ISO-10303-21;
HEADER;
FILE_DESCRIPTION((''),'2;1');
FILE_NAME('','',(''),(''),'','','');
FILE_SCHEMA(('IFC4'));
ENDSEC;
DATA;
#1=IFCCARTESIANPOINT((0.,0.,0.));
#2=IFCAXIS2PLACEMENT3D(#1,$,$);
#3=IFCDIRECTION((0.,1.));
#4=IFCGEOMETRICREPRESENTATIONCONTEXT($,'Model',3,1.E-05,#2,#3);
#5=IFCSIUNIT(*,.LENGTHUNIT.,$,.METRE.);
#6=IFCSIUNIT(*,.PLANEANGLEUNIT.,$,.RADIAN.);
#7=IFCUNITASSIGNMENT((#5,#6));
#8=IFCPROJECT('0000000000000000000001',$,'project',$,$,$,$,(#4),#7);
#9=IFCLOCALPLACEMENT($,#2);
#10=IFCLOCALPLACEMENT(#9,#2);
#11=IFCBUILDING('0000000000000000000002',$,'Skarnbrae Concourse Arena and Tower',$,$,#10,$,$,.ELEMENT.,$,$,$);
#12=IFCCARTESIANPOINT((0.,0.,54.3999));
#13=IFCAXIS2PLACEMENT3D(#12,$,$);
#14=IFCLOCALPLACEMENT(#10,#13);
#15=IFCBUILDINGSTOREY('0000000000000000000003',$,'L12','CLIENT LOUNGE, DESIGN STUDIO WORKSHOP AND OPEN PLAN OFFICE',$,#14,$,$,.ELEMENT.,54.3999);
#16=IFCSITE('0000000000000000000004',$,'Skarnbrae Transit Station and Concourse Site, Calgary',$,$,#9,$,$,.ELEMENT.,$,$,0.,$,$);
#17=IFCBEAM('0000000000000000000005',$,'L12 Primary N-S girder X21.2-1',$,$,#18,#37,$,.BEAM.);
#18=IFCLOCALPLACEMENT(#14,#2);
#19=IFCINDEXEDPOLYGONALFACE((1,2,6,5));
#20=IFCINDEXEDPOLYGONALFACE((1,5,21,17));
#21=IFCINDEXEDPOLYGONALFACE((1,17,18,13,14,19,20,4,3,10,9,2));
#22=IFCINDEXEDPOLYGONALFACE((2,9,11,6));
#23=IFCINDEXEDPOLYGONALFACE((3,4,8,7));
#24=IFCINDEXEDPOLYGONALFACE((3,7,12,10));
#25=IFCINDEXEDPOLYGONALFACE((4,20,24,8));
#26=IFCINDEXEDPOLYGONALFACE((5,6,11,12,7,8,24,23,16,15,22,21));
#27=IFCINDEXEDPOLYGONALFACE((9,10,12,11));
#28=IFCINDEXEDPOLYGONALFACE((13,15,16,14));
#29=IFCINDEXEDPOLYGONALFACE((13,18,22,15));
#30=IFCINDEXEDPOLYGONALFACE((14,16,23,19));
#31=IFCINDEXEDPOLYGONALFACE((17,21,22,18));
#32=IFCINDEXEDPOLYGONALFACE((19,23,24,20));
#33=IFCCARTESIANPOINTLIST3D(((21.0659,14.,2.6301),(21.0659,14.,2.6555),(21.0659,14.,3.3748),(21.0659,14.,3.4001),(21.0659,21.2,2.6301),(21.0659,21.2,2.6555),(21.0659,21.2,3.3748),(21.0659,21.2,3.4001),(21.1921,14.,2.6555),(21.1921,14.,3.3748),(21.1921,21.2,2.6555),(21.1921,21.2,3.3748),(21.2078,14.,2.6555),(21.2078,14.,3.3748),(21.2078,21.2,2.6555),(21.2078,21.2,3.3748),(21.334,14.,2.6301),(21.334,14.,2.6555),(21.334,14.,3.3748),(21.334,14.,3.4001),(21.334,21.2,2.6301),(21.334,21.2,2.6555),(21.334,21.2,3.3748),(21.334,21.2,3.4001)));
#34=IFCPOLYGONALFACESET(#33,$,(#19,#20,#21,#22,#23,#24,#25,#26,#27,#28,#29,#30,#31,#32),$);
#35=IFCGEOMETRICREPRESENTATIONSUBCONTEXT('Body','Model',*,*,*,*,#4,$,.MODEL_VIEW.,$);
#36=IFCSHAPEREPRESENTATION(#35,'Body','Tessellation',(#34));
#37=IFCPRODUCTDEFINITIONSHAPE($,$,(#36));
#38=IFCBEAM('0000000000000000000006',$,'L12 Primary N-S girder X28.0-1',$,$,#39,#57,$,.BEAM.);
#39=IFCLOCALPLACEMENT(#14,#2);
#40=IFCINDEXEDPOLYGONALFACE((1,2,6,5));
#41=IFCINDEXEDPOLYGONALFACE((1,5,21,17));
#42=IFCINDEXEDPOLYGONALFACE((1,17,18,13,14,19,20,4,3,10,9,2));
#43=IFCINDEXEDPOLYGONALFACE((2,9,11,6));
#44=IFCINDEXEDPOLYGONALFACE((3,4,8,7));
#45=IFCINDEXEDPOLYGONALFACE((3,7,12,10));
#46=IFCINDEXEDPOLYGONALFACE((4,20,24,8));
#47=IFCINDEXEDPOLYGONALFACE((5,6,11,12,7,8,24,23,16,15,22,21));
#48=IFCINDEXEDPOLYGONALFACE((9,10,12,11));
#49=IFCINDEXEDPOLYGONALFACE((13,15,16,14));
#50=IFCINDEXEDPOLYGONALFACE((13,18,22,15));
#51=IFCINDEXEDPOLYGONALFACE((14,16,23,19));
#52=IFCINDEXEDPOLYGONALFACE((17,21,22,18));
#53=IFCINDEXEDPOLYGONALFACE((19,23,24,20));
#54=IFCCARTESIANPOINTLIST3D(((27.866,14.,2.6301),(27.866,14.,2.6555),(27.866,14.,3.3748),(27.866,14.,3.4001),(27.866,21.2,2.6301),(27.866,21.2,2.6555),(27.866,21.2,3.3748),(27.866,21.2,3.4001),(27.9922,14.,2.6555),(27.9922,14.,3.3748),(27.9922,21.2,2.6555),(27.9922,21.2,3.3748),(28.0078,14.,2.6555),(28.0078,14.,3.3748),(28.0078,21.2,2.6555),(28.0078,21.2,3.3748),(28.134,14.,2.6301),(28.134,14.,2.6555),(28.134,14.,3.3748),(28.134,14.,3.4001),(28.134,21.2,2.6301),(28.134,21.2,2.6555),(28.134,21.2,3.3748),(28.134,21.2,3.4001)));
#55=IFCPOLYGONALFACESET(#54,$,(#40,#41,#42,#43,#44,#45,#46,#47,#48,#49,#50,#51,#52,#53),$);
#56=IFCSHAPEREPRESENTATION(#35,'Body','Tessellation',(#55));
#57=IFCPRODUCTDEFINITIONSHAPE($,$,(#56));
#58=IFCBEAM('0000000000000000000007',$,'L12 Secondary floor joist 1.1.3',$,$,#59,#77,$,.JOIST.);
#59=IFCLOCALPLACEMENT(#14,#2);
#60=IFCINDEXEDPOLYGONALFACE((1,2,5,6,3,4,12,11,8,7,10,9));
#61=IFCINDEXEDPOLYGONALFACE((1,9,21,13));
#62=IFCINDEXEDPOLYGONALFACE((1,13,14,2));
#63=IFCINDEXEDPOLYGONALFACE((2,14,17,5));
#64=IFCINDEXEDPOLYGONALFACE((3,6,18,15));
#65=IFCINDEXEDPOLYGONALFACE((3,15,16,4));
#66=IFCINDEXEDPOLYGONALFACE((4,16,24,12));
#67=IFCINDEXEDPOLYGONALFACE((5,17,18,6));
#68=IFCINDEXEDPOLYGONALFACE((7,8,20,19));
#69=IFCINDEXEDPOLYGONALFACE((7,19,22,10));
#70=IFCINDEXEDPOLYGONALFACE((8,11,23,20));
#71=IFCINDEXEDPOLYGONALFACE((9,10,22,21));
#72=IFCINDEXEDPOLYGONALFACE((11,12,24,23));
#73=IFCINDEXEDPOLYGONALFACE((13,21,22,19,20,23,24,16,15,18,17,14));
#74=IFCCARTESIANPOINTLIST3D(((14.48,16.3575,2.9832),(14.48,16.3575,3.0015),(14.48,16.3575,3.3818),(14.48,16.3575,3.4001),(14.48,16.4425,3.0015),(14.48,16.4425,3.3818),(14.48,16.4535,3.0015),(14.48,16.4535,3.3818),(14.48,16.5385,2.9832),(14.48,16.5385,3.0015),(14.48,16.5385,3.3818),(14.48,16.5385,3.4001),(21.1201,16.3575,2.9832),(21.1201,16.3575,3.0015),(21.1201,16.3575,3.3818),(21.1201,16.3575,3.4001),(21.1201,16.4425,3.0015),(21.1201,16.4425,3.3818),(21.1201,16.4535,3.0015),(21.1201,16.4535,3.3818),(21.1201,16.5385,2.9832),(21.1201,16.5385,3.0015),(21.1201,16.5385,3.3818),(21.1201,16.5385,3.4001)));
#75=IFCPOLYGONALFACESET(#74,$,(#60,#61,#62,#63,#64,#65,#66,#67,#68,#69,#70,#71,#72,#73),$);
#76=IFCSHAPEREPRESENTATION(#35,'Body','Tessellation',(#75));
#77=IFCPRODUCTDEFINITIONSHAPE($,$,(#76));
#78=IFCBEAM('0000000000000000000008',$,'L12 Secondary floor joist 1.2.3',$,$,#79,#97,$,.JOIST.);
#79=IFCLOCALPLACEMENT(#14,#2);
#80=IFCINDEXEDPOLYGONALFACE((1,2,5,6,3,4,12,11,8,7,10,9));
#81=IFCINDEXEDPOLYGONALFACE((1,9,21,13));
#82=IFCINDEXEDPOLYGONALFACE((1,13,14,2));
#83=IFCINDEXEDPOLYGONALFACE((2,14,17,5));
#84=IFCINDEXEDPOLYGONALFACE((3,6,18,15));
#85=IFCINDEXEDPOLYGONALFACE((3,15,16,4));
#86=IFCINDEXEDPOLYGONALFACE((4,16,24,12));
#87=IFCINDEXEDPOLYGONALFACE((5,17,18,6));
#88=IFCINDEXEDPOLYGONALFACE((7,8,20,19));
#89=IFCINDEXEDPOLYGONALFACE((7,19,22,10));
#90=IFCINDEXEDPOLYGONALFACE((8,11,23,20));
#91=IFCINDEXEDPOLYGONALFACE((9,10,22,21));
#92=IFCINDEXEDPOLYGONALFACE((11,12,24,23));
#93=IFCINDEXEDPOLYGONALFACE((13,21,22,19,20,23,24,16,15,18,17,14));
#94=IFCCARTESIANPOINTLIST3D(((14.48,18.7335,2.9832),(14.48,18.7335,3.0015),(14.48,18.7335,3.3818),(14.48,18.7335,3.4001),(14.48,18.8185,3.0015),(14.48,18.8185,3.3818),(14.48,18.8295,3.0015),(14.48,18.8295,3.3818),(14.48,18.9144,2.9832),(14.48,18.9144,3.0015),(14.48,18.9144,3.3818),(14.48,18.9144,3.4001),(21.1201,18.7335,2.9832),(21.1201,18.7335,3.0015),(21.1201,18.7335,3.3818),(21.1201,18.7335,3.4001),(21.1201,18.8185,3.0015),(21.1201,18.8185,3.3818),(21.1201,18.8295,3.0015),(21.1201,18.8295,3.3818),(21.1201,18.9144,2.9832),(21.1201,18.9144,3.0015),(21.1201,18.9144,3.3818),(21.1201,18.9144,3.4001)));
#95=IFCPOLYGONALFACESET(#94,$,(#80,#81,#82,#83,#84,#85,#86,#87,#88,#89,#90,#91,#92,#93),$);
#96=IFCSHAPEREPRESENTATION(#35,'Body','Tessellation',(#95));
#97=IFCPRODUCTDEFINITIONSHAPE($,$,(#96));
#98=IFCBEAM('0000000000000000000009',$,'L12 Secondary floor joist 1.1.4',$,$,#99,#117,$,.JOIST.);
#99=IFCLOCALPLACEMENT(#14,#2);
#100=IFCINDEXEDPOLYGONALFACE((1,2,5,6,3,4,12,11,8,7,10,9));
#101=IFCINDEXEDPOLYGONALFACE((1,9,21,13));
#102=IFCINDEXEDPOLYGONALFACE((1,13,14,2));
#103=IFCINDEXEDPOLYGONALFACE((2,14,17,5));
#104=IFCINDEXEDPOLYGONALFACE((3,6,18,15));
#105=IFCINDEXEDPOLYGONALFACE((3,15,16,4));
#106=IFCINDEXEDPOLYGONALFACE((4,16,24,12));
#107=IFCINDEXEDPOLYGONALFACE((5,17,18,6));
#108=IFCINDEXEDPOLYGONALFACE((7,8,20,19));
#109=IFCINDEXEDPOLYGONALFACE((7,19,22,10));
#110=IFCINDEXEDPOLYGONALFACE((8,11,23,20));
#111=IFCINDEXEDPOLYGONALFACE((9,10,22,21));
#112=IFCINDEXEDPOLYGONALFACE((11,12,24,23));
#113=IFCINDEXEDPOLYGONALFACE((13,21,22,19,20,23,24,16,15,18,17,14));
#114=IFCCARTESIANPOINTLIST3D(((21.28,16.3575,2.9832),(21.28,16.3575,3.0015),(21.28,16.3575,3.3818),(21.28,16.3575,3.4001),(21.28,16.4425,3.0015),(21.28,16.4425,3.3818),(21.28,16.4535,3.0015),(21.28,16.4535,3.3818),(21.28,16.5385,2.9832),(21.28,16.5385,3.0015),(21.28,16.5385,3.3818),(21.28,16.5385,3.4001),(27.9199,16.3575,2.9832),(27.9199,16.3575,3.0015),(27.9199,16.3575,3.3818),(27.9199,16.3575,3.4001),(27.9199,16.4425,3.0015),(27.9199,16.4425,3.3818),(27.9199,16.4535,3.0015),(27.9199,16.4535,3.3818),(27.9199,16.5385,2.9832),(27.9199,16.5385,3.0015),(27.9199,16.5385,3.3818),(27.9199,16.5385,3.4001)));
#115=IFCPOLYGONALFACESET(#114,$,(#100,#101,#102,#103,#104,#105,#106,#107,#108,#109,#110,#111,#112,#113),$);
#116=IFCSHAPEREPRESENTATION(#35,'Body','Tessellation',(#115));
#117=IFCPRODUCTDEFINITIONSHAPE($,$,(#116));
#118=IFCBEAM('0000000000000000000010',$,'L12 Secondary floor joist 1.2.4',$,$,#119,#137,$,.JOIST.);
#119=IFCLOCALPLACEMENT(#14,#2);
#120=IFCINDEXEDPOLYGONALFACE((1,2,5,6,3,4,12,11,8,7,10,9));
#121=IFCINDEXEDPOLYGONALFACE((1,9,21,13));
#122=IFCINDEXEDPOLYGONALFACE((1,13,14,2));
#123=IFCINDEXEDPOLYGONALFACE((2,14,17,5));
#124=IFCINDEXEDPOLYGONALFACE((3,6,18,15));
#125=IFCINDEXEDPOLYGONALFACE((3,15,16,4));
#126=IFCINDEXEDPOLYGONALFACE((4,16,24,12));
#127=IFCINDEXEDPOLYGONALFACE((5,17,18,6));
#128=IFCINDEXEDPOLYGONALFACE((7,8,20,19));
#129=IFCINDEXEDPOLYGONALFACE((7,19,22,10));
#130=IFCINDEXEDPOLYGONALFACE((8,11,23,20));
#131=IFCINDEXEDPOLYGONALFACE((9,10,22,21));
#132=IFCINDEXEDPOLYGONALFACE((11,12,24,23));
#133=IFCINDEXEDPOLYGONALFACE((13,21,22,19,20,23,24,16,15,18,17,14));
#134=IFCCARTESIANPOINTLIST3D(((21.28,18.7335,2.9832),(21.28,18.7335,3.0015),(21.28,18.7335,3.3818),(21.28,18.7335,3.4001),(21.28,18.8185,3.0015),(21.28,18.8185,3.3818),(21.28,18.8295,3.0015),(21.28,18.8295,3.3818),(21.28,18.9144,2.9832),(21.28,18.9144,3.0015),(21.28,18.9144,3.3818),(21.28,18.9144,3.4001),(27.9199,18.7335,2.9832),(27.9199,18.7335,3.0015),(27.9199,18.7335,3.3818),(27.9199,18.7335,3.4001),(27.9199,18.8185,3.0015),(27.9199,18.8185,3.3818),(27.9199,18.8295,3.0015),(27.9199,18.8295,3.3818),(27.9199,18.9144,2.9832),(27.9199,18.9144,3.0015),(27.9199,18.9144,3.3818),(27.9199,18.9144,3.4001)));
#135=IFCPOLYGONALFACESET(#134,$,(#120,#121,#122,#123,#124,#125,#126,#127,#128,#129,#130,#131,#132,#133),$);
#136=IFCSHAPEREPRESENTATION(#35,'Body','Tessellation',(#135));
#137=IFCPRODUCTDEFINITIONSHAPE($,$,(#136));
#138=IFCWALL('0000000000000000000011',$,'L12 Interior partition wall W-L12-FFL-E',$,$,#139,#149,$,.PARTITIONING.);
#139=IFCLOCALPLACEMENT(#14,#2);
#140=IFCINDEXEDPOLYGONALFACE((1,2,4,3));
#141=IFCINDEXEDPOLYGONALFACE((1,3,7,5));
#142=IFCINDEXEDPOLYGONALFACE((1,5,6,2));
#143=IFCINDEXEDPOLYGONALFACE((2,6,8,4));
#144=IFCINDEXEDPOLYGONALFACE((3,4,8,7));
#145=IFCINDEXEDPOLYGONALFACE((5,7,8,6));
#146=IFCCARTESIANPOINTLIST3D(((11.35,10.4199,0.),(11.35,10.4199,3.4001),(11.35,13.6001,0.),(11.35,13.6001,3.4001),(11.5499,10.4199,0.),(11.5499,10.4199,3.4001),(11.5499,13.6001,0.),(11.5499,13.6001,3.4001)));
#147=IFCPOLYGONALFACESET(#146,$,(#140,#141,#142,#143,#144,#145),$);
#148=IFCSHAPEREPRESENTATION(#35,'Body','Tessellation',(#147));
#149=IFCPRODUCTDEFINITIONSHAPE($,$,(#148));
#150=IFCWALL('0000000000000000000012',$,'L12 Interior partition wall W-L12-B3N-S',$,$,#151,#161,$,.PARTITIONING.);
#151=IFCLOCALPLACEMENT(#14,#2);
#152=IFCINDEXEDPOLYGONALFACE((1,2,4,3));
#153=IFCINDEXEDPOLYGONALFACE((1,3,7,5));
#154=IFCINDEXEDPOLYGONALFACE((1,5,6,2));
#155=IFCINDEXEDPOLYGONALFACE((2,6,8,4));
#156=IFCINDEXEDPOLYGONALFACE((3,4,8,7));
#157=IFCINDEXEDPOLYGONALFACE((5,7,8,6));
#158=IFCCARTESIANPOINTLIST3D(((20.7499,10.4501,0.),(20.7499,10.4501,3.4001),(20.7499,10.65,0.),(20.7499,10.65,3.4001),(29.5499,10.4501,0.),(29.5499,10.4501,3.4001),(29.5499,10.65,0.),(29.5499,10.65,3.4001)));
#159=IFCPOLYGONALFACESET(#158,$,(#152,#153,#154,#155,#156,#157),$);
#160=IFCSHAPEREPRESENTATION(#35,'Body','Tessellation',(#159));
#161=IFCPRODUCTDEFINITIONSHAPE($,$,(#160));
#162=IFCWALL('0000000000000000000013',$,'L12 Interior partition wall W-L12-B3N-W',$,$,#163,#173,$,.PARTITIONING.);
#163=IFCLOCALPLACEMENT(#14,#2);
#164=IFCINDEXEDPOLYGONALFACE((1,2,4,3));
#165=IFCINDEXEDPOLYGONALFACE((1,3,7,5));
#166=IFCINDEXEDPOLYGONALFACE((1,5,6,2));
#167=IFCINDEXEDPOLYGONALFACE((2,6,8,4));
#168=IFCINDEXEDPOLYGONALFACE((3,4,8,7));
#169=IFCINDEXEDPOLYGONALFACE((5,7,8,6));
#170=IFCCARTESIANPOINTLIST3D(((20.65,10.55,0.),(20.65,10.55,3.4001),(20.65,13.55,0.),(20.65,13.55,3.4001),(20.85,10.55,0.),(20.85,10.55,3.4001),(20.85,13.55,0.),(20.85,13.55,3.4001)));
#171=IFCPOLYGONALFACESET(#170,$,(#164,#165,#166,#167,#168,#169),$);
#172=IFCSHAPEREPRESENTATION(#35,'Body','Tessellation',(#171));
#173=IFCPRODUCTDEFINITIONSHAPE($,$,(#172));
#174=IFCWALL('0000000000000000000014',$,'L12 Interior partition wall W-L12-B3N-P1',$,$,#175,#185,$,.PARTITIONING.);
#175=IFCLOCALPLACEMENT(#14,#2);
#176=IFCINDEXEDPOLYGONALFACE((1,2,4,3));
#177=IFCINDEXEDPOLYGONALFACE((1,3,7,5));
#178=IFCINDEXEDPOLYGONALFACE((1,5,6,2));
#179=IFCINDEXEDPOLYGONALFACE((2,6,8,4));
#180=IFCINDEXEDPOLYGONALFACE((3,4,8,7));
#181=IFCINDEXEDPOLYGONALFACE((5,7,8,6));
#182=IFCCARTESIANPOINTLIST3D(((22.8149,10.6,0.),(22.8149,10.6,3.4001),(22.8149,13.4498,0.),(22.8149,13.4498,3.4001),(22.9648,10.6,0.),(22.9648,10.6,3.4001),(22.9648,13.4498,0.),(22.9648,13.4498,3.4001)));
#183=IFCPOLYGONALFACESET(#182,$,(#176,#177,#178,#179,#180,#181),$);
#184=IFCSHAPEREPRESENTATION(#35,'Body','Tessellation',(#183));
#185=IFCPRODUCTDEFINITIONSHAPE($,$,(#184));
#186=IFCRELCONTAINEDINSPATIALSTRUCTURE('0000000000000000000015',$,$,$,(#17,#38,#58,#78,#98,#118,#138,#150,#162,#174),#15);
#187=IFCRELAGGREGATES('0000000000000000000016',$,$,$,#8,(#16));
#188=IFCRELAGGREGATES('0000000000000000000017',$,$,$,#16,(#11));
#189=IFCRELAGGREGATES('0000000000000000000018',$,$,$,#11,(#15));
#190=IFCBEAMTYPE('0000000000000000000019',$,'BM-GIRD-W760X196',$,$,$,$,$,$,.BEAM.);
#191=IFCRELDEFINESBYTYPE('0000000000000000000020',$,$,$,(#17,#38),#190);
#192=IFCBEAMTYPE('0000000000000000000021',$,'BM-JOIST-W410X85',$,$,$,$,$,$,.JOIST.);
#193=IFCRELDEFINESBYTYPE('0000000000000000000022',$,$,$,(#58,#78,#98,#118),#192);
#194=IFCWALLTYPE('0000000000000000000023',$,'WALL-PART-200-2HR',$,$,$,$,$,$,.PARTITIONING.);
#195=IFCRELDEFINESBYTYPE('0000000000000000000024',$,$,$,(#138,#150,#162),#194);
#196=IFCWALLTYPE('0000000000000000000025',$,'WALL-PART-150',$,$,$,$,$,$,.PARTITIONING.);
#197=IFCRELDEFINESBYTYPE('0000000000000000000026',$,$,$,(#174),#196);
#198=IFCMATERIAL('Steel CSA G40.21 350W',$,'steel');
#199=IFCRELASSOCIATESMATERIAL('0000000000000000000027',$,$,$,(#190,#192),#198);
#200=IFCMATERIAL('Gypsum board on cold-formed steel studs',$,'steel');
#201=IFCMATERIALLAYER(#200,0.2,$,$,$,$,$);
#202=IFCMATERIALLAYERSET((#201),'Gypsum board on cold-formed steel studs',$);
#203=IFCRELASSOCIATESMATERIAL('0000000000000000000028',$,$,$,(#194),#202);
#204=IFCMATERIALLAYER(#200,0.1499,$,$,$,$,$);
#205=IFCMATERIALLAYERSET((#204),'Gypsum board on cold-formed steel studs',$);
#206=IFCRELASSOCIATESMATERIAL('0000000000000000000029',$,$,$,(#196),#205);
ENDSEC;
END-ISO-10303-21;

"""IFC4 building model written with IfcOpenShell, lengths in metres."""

from ifc_helpers import new_model, si_unit, direction, frame, frame_2d, origin, origin_2d, place, context, subcontext, project, spatial, rectangle, i_section, extrude, source, transform, mapped, material, layer, layer_set, material_profile, profile_set, type_object, element, save


model = new_model("IFC4")

# Units and contexts
model_context = context("Model", 3, precision=1e-05, world=origin(), true_north=direction((0.0, 1.0)))
body_context = subcontext(model_context, "Body", "Model", "MODEL_VIEW")
ifc_project = project(units=[si_unit("LENGTHUNIT", "METRE"), si_unit("PLANEANGLEUNIT", "RADIAN")], contexts=[model_context])

# Site, building, storey
site_placement = place(None, origin())
site = spatial("IfcSite", under=ifc_project, at=site_placement, Name="Skarnbrae Transit Station and Concourse Site, Calgary", CompositionType="ELEMENT", RefElevation=0.0)
building_placement = place(site_placement, origin())
building = spatial("IfcBuilding", under=site, at=building_placement, Name="Skarnbrae Concourse Arena and Tower", CompositionType="ELEMENT")
storey_placement = place(building_placement, frame((0.0, 0.0, 54.3999)))
storey = spatial("IfcBuildingStorey", under=building, at=storey_placement, Name="L12", Description="CLIENT LOUNGE, DESIGN STUDIO WORKSHOP AND OPEN PLAN OFFICE", CompositionType="ELEMENT", Elevation=54.3999)

# Shared definitions
ifc_material_1 = material(Name="Steel CSA G40.21 350W", Category="steel")

# Beams
ifc_material_profile_1 = material_profile(ifc_material_1, i_section(OverallWidth=0.2681, OverallDepth=0.77, WebThickness=0.0156, FlangeThickness=0.0254, at=origin_2d()), Name="W760X196")
ifc_profile_set_1 = profile_set([ifc_material_profile_1], Name="Steel CSA G40.21 350W")
beam_type_1 = type_object("IfcBeamType", Name="BM-GIRD-W760X196", PredefinedType="BEAM", material=ifc_profile_set_1)
shared_shape_1 = source(origin(), body_context, "Body", "SweptSolid", [
    extrude(i_section(OverallWidth=0.2681, OverallDepth=0.77, WebThickness=0.0156, FlangeThickness=0.0254, at=origin_2d()), origin(), (0.0, 0.0, 1.0), 7.2),
])
for number, where, z_axis, x_axis, name in (
    (1, (21.2, 14.0, 3.0151), (0.0, 1.0, 0.0), (-1.0, 0.0, 0.0), "L12 Primary N-S girder X21.2-1"),
    (2, (28.0, 14.0, 3.0151), (0.0, 1.0, 0.0), (-1.0, 0.0, 0.0), "L12 Primary N-S girder X28.0-1"),
):
    element("IfcBeam", number, at=place(storey_placement, frame(where, z_axis=z_axis, x_axis=x_axis)), inside=storey, type_object=beam_type_1, Name=name, PredefinedType="BEAM", context=body_context, shape_type="MappedRepresentation", body=[
        mapped(shared_shape_1, transform((0.0, 0.0, 0.0))),
    ])
ifc_material_profile_2 = material_profile(ifc_material_1, i_section(OverallWidth=0.1809, OverallDepth=0.417, WebThickness=0.011, FlangeThickness=0.0183, at=origin_2d()), Name="W410X85")
ifc_profile_set_2 = profile_set([ifc_material_profile_2], Name="Steel CSA G40.21 350W")
beam_type_2 = type_object("IfcBeamType", Name="BM-JOIST-W410X85", PredefinedType="JOIST", material=ifc_profile_set_2)
shared_shape_2 = source(origin(), body_context, "Body", "SweptSolid", [
    extrude(i_section(OverallWidth=0.1809, OverallDepth=0.417, WebThickness=0.011, FlangeThickness=0.0183, at=origin_2d()), origin(), (0.0, 0.0, 1.0), 6.6401),
])
for number, where, z_axis, x_axis, name in (
    (3, (14.48, 16.448, 3.1917), (1.0, 0.0, 0.0), (0.0, 1.0, 0.0), "L12 Secondary floor joist 1.1.3"),
    (4, (14.48, 18.824, 3.1917), (1.0, 0.0, 0.0), (0.0, 1.0, 0.0), "L12 Secondary floor joist 1.2.3"),
):
    element("IfcBeam", number, at=place(storey_placement, frame(where, z_axis=z_axis, x_axis=x_axis)), inside=storey, type_object=beam_type_2, Name=name, PredefinedType="JOIST", context=body_context, shape_type="MappedRepresentation", body=[
        mapped(shared_shape_2, transform((0.0, 0.0, 0.0))),
    ])
shared_shape_3 = source(origin(), body_context, "Body", "SweptSolid", [
    extrude(i_section(OverallWidth=0.1809, OverallDepth=0.417, WebThickness=0.011, FlangeThickness=0.0183, at=origin_2d()), origin(), (0.0, 0.0, 1.0), 6.6399),
])
for number, where, z_axis, x_axis, name in (
    (5, (21.28, 16.448, 3.1917), (1.0, 0.0, 0.0), (0.0, 1.0, 0.0), "L12 Secondary floor joist 1.1.4"),
    (6, (21.28, 18.824, 3.1917), (1.0, 0.0, 0.0), (0.0, 1.0, 0.0), "L12 Secondary floor joist 1.2.4"),
):
    element("IfcBeam", number, at=place(storey_placement, frame(where, z_axis=z_axis, x_axis=x_axis)), inside=storey, type_object=beam_type_2, Name=name, PredefinedType="JOIST", context=body_context, shape_type="MappedRepresentation", body=[
        mapped(shared_shape_3, transform((0.0, 0.0, 0.0))),
    ])

# Wall
ifc_material_2 = material(Name="Gypsum board on cold-formed steel studs", Category="steel")
ifc_layer_1 = layer(ifc_material_2, 0.2)
ifc_layer_set_1 = layer_set([ifc_layer_1], Name="Gypsum board on cold-formed steel studs")
wall_type_1 = type_object("IfcWallType", Name="WALL-PART-200-2HR", PredefinedType="PARTITIONING", material=ifc_layer_set_1)
shared_shape_4 = source(origin(), body_context, "Body", "SweptSolid", [
    extrude(rectangle(XDim=3.1802, YDim=0.2, at=frame_2d((1.5901, 0.0))), origin(), (0.0, 0.0, 1.0), 3.4001),
])
wall_1_placement = place(storey_placement, frame((11.45, 10.4199, 0.0), z_axis=(0.0, 0.0, 1.0), x_axis=(0.0, 1.0, 0.0)))
element("IfcWall", 7, at=wall_1_placement, inside=storey, type_object=wall_type_1, Name="L12 Interior partition wall W-L12-FFL-E", PredefinedType="PARTITIONING", context=body_context, shape_type="MappedRepresentation", body=[
    mapped(shared_shape_4, transform((0.0, 0.0, 0.0))),
])

# Walls
shared_shape_5 = source(origin(), body_context, "Body", "SweptSolid", [
    extrude(rectangle(XDim=8.8, YDim=0.2, at=frame_2d((4.3999, 0.0))), origin(), (0.0, 0.0, 1.0), 3.4001),
])
wall_2_placement = place(storey_placement, frame((20.75, 10.55, 0.0), z_axis=(0.0, 0.0, 1.0), x_axis=(1.0, 0.0, 0.0)))
element("IfcWall", 8, at=wall_2_placement, inside=storey, type_object=wall_type_1, Name="L12 Interior partition wall W-L12-B3N-S", PredefinedType="PARTITIONING", context=body_context, shape_type="MappedRepresentation", body=[
    mapped(shared_shape_5, transform((0.0, 0.0, 0.0))),
])
shared_shape_6 = source(origin(), body_context, "Body", "SweptSolid", [
    extrude(rectangle(XDim=3.0, YDim=0.2, at=frame_2d((1.5, 0.0))), origin(), (0.0, 0.0, 1.0), 3.4001),
])
wall_3_placement = place(storey_placement, frame((20.75, 10.55, 0.0), z_axis=(0.0, 0.0, 1.0), x_axis=(0.0, 1.0, 0.0)))
element("IfcWall", 9, at=wall_3_placement, inside=storey, type_object=wall_type_1, Name="L12 Interior partition wall W-L12-B3N-W", PredefinedType="PARTITIONING", context=body_context, shape_type="MappedRepresentation", body=[
    mapped(shared_shape_6, transform((0.0, 0.0, 0.0))),
])
ifc_layer_2 = layer(ifc_material_2, 0.1499)
ifc_layer_set_2 = layer_set([ifc_layer_2], Name="Gypsum board on cold-formed steel studs")
wall_type_2 = type_object("IfcWallType", Name="WALL-PART-150", PredefinedType="PARTITIONING", material=ifc_layer_set_2)
shared_shape_7 = source(origin(), body_context, "Body", "SweptSolid", [
    extrude(rectangle(XDim=2.8499, YDim=0.1499, at=frame_2d((1.4248, 0.0))), origin(), (0.0, 0.0, 1.0), 3.4001),
])
for number, where, z_axis, x_axis, name in (
    (10, (22.8899, 10.6001, 0.0), (0.0, 0.0, 1.0), (0.0, 1.0, 0.0), "L12 Interior partition wall W-L12-B3N-P1"),
):
    element("IfcWall", number, at=place(storey_placement, frame(where, z_axis=z_axis, x_axis=x_axis)), inside=storey, type_object=wall_type_2, Name=name, PredefinedType="PARTITIONING", context=body_context, shape_type="MappedRepresentation", body=[
        mapped(shared_shape_7, transform((0.0, 0.0, 0.0))),
    ])

save(model, "model.ifc")
